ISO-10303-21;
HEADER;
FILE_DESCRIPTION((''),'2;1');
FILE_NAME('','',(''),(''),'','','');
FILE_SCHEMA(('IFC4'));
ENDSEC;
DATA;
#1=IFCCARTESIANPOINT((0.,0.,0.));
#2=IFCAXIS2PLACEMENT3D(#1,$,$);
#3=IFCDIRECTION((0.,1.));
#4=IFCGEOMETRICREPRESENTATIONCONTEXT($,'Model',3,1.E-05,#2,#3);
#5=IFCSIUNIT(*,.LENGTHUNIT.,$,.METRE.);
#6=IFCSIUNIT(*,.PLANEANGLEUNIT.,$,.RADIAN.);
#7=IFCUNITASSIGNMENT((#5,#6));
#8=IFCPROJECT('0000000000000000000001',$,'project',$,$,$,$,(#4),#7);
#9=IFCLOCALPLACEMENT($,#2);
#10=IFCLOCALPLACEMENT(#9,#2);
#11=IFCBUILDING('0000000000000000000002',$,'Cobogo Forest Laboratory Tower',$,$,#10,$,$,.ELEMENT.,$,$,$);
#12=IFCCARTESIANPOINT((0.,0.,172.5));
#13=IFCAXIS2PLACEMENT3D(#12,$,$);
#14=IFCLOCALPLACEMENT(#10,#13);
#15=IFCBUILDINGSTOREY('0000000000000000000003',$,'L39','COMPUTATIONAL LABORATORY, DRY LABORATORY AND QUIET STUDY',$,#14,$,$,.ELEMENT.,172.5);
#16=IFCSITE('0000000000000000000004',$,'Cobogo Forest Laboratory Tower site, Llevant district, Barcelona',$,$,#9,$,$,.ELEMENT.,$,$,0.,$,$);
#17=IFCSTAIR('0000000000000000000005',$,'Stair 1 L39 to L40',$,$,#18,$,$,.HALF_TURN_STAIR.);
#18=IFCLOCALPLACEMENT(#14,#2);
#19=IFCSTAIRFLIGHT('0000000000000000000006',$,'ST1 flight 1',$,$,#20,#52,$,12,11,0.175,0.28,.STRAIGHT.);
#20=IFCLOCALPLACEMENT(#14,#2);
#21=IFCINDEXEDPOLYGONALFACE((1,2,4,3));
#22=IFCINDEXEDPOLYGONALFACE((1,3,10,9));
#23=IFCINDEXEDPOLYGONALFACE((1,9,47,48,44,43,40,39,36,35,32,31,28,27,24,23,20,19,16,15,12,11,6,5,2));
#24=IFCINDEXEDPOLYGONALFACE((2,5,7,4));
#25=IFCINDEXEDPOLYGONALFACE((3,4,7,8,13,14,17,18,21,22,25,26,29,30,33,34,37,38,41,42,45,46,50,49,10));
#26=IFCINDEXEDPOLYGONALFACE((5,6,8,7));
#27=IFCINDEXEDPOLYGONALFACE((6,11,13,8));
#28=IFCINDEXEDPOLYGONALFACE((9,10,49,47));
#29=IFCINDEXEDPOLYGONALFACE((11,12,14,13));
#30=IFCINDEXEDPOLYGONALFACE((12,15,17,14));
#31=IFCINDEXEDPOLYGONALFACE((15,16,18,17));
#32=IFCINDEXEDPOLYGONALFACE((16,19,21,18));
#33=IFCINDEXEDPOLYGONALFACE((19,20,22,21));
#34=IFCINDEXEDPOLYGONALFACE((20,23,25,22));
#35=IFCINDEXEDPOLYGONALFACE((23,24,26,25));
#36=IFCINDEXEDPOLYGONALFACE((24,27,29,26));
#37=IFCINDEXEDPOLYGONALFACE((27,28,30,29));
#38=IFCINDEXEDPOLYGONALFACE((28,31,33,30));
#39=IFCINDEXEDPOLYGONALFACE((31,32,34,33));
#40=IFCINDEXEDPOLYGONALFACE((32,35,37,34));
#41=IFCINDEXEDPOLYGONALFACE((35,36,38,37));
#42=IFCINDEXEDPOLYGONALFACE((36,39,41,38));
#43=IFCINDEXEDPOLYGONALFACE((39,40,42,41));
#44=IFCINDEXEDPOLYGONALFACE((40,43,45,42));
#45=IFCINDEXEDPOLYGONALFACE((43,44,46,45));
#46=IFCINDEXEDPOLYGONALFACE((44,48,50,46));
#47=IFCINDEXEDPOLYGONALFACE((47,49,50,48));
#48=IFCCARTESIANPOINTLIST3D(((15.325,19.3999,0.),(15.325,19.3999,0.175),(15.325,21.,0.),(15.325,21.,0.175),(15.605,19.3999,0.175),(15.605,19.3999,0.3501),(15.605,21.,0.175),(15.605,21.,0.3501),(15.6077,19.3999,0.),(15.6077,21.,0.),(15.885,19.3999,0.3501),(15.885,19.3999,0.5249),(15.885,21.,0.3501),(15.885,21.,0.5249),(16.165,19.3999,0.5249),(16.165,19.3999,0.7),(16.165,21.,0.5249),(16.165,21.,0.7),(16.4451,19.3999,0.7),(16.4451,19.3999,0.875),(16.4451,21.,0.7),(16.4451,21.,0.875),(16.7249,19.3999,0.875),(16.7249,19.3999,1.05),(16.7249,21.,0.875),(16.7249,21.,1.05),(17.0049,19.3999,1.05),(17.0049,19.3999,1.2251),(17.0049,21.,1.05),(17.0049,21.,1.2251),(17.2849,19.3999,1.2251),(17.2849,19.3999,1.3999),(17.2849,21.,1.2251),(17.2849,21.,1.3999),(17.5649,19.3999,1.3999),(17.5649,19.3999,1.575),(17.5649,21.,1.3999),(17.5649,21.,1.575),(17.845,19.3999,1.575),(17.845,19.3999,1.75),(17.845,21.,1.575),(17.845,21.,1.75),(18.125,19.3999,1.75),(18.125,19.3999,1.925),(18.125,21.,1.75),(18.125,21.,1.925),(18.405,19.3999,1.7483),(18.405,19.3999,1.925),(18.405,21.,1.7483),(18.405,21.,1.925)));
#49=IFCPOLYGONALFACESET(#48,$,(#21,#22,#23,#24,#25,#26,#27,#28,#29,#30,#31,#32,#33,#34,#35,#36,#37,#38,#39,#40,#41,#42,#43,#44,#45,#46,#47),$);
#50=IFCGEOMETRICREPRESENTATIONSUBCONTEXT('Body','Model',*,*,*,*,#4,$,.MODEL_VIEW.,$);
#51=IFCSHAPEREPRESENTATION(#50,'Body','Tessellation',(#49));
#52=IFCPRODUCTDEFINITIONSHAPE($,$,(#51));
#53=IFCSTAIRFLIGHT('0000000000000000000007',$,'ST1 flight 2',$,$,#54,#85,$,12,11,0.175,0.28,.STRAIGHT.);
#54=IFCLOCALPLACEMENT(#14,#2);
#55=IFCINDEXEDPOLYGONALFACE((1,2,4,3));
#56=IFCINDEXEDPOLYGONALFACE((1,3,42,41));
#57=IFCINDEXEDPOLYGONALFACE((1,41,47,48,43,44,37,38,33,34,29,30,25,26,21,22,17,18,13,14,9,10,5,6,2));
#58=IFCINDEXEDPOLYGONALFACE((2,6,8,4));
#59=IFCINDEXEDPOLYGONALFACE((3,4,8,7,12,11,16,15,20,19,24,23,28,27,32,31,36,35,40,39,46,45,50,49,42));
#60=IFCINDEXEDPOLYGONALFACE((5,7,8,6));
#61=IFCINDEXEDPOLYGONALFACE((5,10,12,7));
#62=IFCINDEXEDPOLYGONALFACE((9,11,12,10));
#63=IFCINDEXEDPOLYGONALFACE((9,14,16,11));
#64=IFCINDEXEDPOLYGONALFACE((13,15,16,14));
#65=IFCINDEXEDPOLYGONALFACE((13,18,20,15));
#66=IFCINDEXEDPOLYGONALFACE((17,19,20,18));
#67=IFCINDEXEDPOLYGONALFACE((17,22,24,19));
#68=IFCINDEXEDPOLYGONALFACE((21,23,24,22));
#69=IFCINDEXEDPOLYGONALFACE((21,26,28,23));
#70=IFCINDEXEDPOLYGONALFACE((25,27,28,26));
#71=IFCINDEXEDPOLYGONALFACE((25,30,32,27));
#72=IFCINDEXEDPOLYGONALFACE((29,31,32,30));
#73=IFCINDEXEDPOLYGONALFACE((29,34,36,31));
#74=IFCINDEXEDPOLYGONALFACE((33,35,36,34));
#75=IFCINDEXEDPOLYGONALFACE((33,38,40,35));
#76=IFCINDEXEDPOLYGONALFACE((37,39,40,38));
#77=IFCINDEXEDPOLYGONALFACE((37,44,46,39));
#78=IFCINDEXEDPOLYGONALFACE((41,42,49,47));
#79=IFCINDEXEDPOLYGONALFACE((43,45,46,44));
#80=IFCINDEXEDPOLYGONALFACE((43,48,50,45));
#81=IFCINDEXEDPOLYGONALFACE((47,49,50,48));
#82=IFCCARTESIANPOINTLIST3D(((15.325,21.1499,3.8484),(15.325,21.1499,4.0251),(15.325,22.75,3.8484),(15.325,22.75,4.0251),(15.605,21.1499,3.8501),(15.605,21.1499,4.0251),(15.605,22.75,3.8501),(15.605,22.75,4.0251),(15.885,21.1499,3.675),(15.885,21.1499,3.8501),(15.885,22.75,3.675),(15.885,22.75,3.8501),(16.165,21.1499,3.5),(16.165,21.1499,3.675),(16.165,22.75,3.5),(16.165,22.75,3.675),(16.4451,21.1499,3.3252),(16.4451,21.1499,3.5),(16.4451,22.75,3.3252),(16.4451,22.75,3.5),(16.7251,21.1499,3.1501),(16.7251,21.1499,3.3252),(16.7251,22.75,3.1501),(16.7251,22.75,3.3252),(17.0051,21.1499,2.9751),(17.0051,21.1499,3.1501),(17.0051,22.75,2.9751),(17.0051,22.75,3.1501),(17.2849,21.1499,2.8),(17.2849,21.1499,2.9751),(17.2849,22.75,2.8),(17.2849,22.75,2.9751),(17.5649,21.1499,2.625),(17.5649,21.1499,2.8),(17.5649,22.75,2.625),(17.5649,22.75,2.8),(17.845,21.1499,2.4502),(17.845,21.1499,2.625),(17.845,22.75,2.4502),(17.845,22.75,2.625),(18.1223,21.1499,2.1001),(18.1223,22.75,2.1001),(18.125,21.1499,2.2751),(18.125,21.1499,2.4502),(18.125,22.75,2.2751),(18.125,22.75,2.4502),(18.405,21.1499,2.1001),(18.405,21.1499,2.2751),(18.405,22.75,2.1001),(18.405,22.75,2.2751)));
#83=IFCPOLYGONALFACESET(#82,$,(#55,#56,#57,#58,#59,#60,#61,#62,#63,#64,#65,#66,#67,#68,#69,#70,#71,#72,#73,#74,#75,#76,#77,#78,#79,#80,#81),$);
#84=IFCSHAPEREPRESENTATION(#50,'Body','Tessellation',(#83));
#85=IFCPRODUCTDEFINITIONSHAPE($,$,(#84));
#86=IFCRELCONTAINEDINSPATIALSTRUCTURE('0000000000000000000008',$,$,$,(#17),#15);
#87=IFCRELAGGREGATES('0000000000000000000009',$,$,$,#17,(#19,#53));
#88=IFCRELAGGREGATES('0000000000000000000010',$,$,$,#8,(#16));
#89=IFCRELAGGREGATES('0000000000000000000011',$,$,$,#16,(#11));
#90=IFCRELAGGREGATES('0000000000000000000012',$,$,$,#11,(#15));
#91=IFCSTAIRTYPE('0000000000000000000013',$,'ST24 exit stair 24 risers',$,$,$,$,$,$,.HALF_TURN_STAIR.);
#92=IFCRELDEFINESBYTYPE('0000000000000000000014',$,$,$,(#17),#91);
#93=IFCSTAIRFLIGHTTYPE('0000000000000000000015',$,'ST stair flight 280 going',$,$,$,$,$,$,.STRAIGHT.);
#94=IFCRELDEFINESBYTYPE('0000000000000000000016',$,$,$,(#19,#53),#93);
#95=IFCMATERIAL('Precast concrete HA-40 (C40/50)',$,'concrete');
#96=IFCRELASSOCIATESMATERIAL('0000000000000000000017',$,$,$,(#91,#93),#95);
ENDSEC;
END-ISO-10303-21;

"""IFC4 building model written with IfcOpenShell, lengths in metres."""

from ifc_helpers import new_model, si_unit, direction, frame, origin, place, context, subcontext, project, spatial, polyline, outline, extrude, material, type_object, element, aggregate, save


model = new_model("IFC4")

# Units and contexts
model_context = context("Model", 3, precision=1e-05, world=origin(), true_north=direction((0.0, 1.0)))
body_context = subcontext(model_context, "Body", "Model", "MODEL_VIEW")
ifc_project = project(units=[si_unit("LENGTHUNIT", "METRE"), si_unit("PLANEANGLEUNIT", "RADIAN")], contexts=[model_context])

# Site, building, storey
site_placement = place(None, origin())
site = spatial("IfcSite", under=ifc_project, at=site_placement, Name="Cobogo Forest Laboratory Tower site, Llevant district, Barcelona", CompositionType="ELEMENT", RefElevation=0.0)
building_placement = place(site_placement, origin())
building = spatial("IfcBuilding", under=site, at=building_placement, Name="Cobogo Forest Laboratory Tower", CompositionType="ELEMENT")
storey_placement = place(building_placement, frame((0.0, 0.0, 172.5)))
storey = spatial("IfcBuildingStorey", under=building, at=storey_placement, Name="L39", Description="COMPUTATIONAL LABORATORY, DRY LABORATORY AND QUIET STUDY", CompositionType="ELEMENT", Elevation=172.5)

# Stair, stair flights
ifc_material_1 = material(Name="Precast concrete HA-40 (C40/50)", Category="concrete")
stair_type = type_object("IfcStairType", Name="ST24 exit stair 24 risers", PredefinedType="HALF_TURN_STAIR", material=ifc_material_1)
stair_placement = place(storey_placement, origin())
stair = element("IfcStair", 1, at=stair_placement, inside=storey, type_object=stair_type, Name="Stair 1 L39 to L40", PredefinedType="HALF_TURN_STAIR")
stair_flight_type = type_object("IfcStairFlightType", Name="ST stair flight 280 going", PredefinedType="STRAIGHT", material=ifc_material_1)
stair_flight_1_placement = place(storey_placement, frame((15.325, 20.2, 0.0), z_axis=(0.0, 0.0, 1.0), x_axis=(1.0, 0.0, 0.0)))
stair_flight_1 = element("IfcStairFlight", 2, at=stair_flight_1_placement, type_object=stair_flight_type, Name="ST1 flight 1", NumberOfRisers=12, NumberOfTreads=11, PredefinedType="STRAIGHT", RiserHeight=0.175, TreadLength=0.28, context=body_context, shape_type="SweptSolid", body=[
    extrude(outline(polyline([(0.0, 0.0), (0.0, 0.175), (0.28, 0.175), (0.28, 0.3501), (0.5601, 0.3501), (0.5601, 0.5249), (0.8401, 0.5249), (0.8401, 0.7), (1.1201, 0.7), (1.1201, 0.875), (1.3999, 0.875), (1.3999, 1.05), (1.6799, 1.05), (1.6799, 1.2251), (1.96, 1.2251), (1.96, 1.3999), (2.24, 1.3999), (2.24, 1.575), (2.52, 1.575), (2.52, 1.75), (2.8, 1.75), (2.8, 1.925), (3.0801, 1.925), (3.0801, 2.1001), (3.0801, 1.7483), (0.2827, 0.0), (0.0, 0.0)])), frame((0.0, 0.8, 0.0), z_axis=(0.0, -1.0, 0.0), x_axis=(1.0, 0.0, 0.0)), (0.0, 0.0, 1.0), 1.6001),
])
stair_flight_2_placement = place(storey_placement, frame((18.405, 21.95, 2.1001), z_axis=(0.0, 0.0, 1.0), x_axis=(-1.0, 0.0, 0.0)))
stair_flight_2 = element("IfcStairFlight", 3, at=stair_flight_2_placement, type_object=stair_flight_type, Name="ST1 flight 2", NumberOfRisers=12, NumberOfTreads=11, PredefinedType="STRAIGHT", RiserHeight=0.175, TreadLength=0.28, context=body_context, shape_type="SweptSolid", body=[
    extrude(outline(polyline([(0.0, 0.0), (0.0, 0.175), (0.28, 0.175), (0.28, 0.3501), (0.5601, 0.3501), (0.5601, 0.5249), (0.8401, 0.5249), (0.8401, 0.7), (1.1201, 0.7), (1.1201, 0.875), (1.3999, 0.875), (1.3999, 1.05), (1.6799, 1.05), (1.6799, 1.2251), (1.96, 1.2251), (1.96, 1.3999), (2.24, 1.3999), (2.24, 1.575), (2.52, 1.575), (2.52, 1.75), (2.8, 1.75), (2.8, 1.925), (3.0801, 1.925), (3.0801, 2.1001), (3.0801, 1.7483), (0.2827, 0.0), (0.0, 0.0)])), frame((0.0, 0.8, 0.0), z_axis=(0.0, -1.0, 0.0), x_axis=(1.0, 0.0, 0.0)), (0.0, 0.0, 1.0), 1.6001),
])
aggregate(stair, [stair_flight_1, stair_flight_2])

save(model, "model.ifc")
